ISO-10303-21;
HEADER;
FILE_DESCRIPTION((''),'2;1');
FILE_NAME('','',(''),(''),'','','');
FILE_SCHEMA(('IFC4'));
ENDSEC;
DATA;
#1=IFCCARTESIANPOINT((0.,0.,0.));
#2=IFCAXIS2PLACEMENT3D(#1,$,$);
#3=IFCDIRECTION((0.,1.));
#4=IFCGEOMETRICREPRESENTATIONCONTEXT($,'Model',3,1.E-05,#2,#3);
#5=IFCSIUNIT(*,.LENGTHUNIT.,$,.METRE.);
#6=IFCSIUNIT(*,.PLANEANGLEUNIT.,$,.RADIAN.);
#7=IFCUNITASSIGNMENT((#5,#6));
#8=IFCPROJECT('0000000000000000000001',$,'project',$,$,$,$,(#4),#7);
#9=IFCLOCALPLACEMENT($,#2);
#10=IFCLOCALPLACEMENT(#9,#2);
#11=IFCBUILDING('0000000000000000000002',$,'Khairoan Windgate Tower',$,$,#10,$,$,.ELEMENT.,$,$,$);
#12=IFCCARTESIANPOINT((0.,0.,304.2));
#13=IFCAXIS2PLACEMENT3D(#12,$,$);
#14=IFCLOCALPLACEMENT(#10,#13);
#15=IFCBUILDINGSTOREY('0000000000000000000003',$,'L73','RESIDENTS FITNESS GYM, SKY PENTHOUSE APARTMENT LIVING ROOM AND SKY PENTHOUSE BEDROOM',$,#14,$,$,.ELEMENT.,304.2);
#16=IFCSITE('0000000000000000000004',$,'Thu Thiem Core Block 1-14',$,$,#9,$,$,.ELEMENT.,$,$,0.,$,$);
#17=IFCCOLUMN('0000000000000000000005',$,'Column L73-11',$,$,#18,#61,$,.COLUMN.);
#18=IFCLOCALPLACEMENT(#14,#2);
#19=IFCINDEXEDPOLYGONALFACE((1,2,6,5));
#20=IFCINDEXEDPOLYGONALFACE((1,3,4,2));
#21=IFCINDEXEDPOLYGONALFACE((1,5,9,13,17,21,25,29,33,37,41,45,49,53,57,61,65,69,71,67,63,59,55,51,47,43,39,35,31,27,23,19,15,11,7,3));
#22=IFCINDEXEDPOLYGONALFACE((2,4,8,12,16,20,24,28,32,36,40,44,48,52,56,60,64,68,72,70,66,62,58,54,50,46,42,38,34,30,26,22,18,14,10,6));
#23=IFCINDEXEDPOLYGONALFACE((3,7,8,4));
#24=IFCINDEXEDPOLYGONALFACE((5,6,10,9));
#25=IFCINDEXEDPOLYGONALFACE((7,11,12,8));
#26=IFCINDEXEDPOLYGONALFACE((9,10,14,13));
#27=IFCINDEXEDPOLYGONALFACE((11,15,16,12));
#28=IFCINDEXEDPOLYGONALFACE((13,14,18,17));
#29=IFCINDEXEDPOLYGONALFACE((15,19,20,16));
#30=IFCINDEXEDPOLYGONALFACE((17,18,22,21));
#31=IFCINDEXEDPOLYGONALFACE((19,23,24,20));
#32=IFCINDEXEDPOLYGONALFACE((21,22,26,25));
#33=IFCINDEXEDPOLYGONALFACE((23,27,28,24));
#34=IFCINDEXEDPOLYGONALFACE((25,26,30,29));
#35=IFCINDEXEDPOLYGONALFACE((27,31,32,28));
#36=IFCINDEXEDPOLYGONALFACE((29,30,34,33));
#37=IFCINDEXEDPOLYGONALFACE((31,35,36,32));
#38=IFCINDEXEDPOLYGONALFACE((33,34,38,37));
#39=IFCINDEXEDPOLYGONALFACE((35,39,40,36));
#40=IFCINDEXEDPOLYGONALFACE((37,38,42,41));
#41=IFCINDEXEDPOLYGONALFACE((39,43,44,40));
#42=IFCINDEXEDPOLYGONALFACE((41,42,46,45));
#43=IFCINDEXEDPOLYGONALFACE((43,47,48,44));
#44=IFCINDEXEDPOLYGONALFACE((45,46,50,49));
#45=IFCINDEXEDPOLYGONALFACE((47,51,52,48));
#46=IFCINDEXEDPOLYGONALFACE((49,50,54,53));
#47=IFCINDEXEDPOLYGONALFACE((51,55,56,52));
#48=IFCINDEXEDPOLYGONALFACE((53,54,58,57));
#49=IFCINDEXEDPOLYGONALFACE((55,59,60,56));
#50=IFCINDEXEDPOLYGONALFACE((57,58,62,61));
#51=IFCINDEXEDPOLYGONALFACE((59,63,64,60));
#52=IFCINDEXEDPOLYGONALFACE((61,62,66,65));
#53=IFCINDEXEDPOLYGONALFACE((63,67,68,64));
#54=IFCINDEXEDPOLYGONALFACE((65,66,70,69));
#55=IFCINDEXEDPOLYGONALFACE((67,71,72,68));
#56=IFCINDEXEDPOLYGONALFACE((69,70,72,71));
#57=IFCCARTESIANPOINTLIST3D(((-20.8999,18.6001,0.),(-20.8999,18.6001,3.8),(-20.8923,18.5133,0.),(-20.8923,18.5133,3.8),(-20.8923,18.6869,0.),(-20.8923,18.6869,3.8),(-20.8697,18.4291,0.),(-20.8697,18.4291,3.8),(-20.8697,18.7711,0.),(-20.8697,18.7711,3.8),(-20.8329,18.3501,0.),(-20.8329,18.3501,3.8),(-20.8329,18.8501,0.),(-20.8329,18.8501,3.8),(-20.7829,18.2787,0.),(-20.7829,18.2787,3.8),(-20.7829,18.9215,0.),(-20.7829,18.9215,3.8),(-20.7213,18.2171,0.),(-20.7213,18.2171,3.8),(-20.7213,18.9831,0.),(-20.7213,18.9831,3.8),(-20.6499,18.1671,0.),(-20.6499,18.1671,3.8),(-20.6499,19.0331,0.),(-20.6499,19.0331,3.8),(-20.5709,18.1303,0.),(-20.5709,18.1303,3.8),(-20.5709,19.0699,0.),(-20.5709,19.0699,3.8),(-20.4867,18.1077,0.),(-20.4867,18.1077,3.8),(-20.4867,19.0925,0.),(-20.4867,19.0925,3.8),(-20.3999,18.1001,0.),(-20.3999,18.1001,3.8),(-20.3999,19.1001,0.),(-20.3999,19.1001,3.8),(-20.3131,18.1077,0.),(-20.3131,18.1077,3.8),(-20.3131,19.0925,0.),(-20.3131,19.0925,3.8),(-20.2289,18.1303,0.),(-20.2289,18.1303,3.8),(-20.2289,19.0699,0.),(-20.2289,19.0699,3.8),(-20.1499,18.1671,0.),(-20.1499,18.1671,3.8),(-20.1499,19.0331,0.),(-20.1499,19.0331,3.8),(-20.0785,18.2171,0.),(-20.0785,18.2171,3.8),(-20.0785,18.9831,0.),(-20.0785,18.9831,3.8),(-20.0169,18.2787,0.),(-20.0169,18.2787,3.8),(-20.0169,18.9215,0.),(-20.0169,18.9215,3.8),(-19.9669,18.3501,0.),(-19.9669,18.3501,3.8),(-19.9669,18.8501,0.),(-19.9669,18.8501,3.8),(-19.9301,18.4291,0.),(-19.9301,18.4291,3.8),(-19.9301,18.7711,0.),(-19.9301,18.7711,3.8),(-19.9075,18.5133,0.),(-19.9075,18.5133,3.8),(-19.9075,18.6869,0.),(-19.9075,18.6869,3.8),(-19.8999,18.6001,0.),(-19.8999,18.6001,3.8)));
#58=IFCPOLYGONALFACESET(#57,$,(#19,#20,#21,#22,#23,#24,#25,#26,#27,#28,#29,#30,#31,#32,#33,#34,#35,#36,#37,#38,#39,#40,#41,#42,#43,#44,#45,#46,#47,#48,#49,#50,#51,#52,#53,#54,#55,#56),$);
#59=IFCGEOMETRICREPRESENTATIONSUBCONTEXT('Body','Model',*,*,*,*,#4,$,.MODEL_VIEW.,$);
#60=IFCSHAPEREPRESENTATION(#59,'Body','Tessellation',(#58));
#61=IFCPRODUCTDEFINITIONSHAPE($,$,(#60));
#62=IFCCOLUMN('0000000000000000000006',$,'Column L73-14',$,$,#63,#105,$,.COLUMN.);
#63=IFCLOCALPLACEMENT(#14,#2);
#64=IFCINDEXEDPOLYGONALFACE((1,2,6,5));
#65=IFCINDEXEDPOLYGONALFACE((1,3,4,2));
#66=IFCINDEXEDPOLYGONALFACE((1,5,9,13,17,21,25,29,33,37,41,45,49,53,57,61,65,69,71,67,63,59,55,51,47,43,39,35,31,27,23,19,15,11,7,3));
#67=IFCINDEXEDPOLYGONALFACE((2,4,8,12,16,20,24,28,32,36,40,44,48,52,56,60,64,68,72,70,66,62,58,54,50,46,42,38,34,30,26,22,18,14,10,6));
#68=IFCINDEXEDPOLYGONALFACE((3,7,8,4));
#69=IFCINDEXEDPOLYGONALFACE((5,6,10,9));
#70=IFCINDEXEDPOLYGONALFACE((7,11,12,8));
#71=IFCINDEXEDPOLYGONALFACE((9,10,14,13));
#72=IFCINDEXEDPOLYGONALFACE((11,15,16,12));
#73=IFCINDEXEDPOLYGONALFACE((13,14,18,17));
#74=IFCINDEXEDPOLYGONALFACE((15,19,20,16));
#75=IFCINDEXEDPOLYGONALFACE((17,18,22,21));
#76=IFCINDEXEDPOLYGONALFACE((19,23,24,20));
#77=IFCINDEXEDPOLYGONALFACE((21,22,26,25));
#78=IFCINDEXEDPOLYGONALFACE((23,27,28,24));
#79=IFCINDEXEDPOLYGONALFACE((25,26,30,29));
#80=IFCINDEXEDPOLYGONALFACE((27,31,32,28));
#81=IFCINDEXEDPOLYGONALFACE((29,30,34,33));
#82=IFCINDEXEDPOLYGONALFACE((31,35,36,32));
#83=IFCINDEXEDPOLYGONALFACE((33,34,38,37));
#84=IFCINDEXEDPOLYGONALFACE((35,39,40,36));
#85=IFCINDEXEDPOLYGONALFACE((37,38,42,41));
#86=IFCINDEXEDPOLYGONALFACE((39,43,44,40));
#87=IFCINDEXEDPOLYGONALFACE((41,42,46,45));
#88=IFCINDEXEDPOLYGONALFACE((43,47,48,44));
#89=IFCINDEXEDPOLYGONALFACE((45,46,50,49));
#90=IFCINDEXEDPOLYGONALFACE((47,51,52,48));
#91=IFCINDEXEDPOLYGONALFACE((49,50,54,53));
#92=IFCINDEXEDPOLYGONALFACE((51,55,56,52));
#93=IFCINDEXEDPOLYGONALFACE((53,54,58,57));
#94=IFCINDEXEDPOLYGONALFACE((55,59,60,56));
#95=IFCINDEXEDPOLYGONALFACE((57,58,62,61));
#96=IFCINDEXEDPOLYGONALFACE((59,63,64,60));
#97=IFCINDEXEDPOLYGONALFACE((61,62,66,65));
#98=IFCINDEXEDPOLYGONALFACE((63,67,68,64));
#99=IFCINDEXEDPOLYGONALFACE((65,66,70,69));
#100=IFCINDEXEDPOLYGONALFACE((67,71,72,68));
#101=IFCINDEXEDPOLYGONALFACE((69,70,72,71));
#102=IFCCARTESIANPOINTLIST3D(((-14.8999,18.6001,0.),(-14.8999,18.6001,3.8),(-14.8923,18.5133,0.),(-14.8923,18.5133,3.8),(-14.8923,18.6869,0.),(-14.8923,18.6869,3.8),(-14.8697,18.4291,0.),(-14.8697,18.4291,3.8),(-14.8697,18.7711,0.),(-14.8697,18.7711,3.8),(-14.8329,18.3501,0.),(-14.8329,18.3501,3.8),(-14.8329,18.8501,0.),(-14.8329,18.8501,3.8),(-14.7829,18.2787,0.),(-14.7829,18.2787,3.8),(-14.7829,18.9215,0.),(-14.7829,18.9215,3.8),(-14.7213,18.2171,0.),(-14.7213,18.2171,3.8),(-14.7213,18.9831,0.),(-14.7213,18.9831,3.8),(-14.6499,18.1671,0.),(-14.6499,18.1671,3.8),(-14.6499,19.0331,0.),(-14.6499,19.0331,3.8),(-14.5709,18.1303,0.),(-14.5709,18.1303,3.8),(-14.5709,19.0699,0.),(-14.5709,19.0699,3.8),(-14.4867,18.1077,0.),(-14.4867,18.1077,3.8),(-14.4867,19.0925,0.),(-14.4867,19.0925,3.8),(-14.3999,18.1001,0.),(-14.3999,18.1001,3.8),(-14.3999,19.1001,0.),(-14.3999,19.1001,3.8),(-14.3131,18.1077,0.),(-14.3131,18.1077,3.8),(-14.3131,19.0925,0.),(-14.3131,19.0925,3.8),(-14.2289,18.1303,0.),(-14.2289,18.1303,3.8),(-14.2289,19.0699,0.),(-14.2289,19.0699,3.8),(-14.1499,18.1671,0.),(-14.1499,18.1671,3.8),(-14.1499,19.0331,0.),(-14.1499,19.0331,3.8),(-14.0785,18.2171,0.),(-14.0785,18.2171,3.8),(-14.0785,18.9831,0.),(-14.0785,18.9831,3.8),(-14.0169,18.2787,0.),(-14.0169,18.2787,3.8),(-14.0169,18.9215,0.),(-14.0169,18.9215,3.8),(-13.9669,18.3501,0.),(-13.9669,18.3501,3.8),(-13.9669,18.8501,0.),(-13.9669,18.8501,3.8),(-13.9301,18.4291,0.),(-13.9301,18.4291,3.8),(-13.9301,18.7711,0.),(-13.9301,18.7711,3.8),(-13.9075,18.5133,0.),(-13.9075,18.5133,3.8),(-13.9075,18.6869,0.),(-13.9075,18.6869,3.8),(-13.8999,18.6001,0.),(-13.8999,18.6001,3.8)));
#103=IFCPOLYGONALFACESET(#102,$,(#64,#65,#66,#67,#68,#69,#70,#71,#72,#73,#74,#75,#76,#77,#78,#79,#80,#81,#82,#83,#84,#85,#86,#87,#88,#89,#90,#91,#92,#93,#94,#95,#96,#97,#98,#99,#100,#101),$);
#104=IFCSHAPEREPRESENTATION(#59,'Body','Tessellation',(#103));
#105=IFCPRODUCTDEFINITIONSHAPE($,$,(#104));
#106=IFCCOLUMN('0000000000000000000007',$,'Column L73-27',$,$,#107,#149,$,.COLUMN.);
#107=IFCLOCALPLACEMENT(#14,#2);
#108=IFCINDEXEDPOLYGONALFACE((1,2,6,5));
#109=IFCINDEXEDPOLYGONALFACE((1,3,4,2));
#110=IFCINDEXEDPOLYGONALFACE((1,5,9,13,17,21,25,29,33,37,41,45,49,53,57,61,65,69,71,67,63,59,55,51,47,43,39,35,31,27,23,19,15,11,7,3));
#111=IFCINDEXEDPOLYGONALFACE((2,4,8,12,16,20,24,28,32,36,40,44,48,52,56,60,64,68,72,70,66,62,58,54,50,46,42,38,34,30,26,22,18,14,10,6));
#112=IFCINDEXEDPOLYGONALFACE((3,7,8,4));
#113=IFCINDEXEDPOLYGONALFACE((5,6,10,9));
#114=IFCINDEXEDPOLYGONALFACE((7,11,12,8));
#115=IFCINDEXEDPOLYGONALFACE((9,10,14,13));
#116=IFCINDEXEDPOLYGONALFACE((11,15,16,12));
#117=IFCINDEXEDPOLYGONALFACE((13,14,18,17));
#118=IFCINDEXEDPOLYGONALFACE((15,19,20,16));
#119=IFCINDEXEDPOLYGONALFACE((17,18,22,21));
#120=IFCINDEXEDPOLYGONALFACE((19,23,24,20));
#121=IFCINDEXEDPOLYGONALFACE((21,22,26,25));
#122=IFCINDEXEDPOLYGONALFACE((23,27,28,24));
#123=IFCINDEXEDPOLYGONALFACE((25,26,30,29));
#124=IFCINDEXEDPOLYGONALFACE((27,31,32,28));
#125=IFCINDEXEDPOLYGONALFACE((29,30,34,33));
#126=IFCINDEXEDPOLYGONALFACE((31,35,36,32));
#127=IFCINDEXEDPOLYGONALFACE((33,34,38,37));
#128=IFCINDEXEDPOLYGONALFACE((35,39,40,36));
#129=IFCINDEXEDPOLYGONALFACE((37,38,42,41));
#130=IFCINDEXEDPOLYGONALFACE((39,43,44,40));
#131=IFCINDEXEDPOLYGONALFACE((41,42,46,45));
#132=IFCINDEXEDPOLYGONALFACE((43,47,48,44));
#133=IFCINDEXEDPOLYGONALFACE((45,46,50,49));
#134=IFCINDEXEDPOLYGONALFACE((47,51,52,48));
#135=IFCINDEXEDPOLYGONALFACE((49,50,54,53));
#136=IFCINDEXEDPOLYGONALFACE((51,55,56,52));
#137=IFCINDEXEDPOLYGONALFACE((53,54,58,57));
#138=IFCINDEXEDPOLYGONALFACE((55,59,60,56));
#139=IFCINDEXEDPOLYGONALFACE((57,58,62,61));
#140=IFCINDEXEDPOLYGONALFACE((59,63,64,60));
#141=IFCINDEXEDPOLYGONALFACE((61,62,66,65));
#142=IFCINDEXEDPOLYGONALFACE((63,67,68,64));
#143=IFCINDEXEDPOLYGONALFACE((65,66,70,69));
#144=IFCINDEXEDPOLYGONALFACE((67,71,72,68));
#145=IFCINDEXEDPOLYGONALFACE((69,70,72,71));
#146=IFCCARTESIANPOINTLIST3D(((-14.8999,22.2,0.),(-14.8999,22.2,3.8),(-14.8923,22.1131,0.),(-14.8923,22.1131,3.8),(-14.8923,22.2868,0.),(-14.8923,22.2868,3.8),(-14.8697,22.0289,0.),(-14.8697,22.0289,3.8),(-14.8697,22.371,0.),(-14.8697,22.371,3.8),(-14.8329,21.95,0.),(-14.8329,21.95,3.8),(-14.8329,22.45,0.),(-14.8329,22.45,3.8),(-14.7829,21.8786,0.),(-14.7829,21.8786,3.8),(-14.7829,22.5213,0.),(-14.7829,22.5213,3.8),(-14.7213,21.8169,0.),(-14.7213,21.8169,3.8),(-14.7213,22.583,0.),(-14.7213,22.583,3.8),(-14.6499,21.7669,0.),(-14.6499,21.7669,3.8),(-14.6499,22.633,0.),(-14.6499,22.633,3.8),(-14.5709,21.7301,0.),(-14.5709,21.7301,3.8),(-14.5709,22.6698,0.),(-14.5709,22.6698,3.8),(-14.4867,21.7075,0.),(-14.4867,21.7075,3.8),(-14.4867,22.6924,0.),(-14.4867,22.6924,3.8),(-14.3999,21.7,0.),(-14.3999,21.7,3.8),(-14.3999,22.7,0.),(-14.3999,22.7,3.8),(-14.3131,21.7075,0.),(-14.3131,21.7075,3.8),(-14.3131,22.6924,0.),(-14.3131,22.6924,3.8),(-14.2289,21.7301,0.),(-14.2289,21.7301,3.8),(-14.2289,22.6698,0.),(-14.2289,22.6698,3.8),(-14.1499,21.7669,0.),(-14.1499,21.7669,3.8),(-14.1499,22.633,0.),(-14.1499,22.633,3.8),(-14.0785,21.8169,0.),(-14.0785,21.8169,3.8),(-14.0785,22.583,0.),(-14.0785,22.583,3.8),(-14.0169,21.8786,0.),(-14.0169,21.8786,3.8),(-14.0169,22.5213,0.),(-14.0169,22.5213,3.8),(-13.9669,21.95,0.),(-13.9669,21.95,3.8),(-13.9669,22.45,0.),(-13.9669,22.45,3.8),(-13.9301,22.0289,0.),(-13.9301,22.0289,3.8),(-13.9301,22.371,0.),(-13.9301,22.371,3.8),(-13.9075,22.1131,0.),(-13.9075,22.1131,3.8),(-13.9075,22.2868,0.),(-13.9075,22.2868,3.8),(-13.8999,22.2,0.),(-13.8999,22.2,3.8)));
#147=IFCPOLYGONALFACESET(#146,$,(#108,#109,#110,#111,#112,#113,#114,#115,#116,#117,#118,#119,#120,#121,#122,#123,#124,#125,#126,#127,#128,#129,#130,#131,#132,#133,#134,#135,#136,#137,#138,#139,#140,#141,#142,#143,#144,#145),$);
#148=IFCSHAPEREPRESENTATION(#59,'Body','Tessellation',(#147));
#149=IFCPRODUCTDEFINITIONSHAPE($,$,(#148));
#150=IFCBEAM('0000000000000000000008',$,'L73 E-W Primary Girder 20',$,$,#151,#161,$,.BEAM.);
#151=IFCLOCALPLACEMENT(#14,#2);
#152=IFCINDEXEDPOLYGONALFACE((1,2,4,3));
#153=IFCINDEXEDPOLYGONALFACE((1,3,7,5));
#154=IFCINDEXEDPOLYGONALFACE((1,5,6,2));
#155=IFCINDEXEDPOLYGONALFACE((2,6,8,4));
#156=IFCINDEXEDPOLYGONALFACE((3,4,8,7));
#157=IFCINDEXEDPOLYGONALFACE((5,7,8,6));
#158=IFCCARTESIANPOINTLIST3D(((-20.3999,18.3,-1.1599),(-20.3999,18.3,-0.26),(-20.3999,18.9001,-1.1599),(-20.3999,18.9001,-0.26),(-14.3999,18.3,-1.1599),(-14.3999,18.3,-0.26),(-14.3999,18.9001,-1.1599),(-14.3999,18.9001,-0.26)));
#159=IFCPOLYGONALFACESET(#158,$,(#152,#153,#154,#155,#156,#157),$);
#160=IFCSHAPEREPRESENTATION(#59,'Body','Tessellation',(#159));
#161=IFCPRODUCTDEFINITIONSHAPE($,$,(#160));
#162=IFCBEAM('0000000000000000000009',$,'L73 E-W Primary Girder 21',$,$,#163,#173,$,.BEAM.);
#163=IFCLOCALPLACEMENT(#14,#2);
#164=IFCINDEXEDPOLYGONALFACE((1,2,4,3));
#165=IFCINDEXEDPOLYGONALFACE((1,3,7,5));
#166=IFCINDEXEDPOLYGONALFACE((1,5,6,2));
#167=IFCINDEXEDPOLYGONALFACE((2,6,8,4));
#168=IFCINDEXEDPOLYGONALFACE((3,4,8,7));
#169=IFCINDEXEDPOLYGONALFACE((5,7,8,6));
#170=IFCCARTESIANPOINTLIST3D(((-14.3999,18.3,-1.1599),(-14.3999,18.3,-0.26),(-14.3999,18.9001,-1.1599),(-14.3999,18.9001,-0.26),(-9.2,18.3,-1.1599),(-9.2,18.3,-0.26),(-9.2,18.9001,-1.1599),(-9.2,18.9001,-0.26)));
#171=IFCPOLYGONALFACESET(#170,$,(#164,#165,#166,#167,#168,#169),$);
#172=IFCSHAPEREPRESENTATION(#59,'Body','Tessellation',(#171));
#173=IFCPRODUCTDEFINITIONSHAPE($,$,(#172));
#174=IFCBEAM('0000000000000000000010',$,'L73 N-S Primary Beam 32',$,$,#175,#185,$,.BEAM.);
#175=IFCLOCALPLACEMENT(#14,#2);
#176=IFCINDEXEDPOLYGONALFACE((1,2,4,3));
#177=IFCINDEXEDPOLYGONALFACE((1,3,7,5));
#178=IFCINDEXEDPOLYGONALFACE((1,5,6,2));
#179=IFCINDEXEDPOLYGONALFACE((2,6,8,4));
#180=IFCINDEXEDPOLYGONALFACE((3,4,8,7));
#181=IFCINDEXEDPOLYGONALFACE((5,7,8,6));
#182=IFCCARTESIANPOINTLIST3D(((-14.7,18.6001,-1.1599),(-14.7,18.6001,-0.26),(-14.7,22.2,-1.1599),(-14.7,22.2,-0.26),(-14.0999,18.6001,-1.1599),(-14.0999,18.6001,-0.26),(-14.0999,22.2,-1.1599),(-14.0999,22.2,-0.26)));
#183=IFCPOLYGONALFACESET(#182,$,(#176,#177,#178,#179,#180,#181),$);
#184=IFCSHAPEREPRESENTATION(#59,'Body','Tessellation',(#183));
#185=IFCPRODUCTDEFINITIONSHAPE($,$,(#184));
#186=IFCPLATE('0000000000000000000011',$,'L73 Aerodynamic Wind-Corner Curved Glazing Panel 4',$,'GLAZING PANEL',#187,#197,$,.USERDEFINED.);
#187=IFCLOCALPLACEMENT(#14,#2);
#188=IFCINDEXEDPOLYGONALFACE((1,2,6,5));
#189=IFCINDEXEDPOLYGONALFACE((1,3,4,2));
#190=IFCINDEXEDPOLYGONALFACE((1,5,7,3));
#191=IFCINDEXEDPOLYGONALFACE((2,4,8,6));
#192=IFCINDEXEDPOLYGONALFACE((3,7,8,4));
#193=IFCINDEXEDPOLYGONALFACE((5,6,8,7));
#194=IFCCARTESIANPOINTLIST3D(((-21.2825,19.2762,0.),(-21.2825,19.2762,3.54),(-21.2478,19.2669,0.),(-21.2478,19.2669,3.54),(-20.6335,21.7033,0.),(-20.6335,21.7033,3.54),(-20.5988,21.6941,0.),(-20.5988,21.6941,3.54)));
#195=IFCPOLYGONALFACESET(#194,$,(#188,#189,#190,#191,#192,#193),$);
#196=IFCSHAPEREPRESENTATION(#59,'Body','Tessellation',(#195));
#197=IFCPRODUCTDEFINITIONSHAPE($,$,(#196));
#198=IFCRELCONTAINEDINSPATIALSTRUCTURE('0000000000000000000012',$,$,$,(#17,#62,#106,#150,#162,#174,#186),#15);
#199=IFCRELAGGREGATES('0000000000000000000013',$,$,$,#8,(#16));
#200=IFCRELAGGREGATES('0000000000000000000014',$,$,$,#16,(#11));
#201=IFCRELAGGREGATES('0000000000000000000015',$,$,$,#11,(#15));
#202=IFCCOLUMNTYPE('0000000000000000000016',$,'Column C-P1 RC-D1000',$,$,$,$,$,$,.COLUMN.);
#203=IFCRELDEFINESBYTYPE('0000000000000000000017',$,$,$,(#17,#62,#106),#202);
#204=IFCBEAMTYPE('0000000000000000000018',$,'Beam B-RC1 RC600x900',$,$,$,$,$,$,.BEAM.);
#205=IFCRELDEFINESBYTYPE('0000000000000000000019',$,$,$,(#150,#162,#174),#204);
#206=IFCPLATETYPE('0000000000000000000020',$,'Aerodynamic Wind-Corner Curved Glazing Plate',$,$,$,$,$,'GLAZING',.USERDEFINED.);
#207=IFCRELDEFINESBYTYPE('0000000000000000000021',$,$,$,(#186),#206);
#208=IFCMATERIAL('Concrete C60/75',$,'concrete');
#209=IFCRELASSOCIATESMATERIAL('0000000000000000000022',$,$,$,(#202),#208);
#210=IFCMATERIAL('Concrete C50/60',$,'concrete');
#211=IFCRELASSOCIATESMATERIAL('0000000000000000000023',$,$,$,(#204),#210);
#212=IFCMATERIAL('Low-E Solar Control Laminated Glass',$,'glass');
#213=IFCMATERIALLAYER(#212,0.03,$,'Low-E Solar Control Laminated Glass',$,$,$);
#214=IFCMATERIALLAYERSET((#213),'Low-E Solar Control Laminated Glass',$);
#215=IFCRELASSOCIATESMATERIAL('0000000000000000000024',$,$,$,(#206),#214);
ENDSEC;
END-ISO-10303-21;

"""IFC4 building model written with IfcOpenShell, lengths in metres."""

from ifc_helpers import new_model, si_unit, direction, frame, origin, origin_2d, place, context, subcontext, project, spatial, rectangle, circle, extrude, material, layer, layer_set, material_profile, profile_set, type_object, element, save


model = new_model("IFC4")

# Units and contexts
model_context = context("Model", 3, precision=1e-05, world=origin(), true_north=direction((0.0, 1.0)))
body_context = subcontext(model_context, "Body", "Model", "MODEL_VIEW")
ifc_project = project(units=[si_unit("LENGTHUNIT", "METRE"), si_unit("PLANEANGLEUNIT", "RADIAN")], contexts=[model_context])

# Site, building, storey
site_placement = place(None, origin())
site = spatial("IfcSite", under=ifc_project, at=site_placement, Name="Thu Thiem Core Block 1-14", CompositionType="ELEMENT", RefElevation=0.0)
building_placement = place(site_placement, origin())
building = spatial("IfcBuilding", under=site, at=building_placement, Name="Khairoan Windgate Tower", CompositionType="ELEMENT")
storey_placement = place(building_placement, frame((0.0, 0.0, 304.2)))
storey = spatial("IfcBuildingStorey", under=building, at=storey_placement, Name="L73", Description="RESIDENTS FITNESS GYM, SKY PENTHOUSE APARTMENT LIVING ROOM AND SKY PENTHOUSE BEDROOM", CompositionType="ELEMENT", Elevation=304.2)

# Columns
ifc_material_1 = material(Name="Concrete C60/75", Category="concrete")
ifc_material_profile_1 = material_profile(ifc_material_1, circle(Radius=0.5, at=origin_2d()))
ifc_profile_set_1 = profile_set([ifc_material_profile_1], Name="Concrete C60/75")
column_type = type_object("IfcColumnType", Name="Column C-P1 RC-D1000", PredefinedType="COLUMN", material=ifc_profile_set_1)
for number, where, z_axis, x_axis, name in (
    (1, (-20.3999, 18.6001, 0.0), (0.0, 0.0, 1.0), (1.0, 0.0, 0.0), "Column L73-11"),
    (2, (-14.3999, 18.6001, 0.0), (0.0, 0.0, 1.0), (1.0, 0.0, 0.0), "Column L73-14"),
    (3, (-14.3999, 22.2, 0.0), (0.0, 0.0, 1.0), (1.0, 0.0, 0.0), "Column L73-27"),
):
    element("IfcColumn", number, at=place(storey_placement, frame(where, z_axis=z_axis, x_axis=x_axis)), inside=storey, type_object=column_type, Name=name, PredefinedType="COLUMN", context=body_context, shape_type="SweptSolid", body=[
        extrude(circle(Radius=0.5, at=origin_2d()), origin(), (0.0, 0.0, 1.0), 3.8),
    ])

# Beams
ifc_material_2 = material(Name="Concrete C50/60", Category="concrete")
ifc_material_profile_2 = material_profile(ifc_material_2, rectangle(XDim=0.6001, YDim=0.8999, at=origin_2d()))
ifc_profile_set_2 = profile_set([ifc_material_profile_2], Name="Concrete C50/60")
beam_type = type_object("IfcBeamType", Name="Beam B-RC1 RC600x900", PredefinedType="BEAM", material=ifc_profile_set_2)
beam_1_placement = place(storey_placement, frame((-20.3999, 18.6001, -0.71), z_axis=(1.0, 0.0, 0.0), x_axis=(0.0, 1.0, 0.0)))
element("IfcBeam", 4, at=beam_1_placement, inside=storey, type_object=beam_type, Name="L73 E-W Primary Girder 20", PredefinedType="BEAM", context=body_context, shape_type="SweptSolid", body=[
    extrude(rectangle(XDim=0.6001, YDim=0.8999, at=origin_2d()), origin(), (0.0, 0.0, 1.0), 6.0),
])
beam_2_placement = place(storey_placement, frame((-14.3999, 18.6001, -0.71), z_axis=(1.0, 0.0, 0.0), x_axis=(0.0, 1.0, 0.0)))
element("IfcBeam", 5, at=beam_2_placement, inside=storey, type_object=beam_type, Name="L73 E-W Primary Girder 21", PredefinedType="BEAM", context=body_context, shape_type="SweptSolid", body=[
    extrude(rectangle(XDim=0.6001, YDim=0.8999, at=origin_2d()), origin(), (0.0, 0.0, 1.0), 5.2),
])
beam_3_placement = place(storey_placement, frame((-14.3999, 18.6001, -0.71), z_axis=(0.0, 1.0, 0.0), x_axis=(-1.0, 0.0, 0.0)))
element("IfcBeam", 6, at=beam_3_placement, inside=storey, type_object=beam_type, Name="L73 N-S Primary Beam 32", PredefinedType="BEAM", context=body_context, shape_type="SweptSolid", body=[
    extrude(rectangle(XDim=0.6001, YDim=0.8999, at=origin_2d()), origin(), (0.0, 0.0, 1.0), 3.5999),
])

# Plate
ifc_material_3 = material(Name="Low-E Solar Control Laminated Glass", Category="glass")
ifc_layer_1 = layer(ifc_material_3, 0.03, Name="Low-E Solar Control Laminated Glass")
ifc_layer_set_1 = layer_set([ifc_layer_1], Name="Low-E Solar Control Laminated Glass")
plate_type_1 = type_object("IfcPlateType", Name="Aerodynamic Wind-Corner Curved Glazing Plate", ElementType="GLAZING", PredefinedType="USERDEFINED", material=ifc_layer_set_1)
plate_1_placement = place(storey_placement, frame((-20.9407, 20.4851, 0.0), z_axis=(0.0, 0.0, 1.0), x_axis=(0.258313, 0.966061, 0.0)))
element("IfcPlate", 7, at=plate_1_placement, inside=storey, type_object=plate_type_1, Name="L73 Aerodynamic Wind-Corner Curved Glazing Panel 4", ObjectType="GLAZING PANEL", PredefinedType="USERDEFINED", context=body_context, shape_type="SweptSolid", body=[
    extrude(rectangle(XDim=2.5125, YDim=0.0359, at=origin_2d()), origin(), (0.0, 0.0, 1.0), 3.54),
])

save(model, "model.ifc")
